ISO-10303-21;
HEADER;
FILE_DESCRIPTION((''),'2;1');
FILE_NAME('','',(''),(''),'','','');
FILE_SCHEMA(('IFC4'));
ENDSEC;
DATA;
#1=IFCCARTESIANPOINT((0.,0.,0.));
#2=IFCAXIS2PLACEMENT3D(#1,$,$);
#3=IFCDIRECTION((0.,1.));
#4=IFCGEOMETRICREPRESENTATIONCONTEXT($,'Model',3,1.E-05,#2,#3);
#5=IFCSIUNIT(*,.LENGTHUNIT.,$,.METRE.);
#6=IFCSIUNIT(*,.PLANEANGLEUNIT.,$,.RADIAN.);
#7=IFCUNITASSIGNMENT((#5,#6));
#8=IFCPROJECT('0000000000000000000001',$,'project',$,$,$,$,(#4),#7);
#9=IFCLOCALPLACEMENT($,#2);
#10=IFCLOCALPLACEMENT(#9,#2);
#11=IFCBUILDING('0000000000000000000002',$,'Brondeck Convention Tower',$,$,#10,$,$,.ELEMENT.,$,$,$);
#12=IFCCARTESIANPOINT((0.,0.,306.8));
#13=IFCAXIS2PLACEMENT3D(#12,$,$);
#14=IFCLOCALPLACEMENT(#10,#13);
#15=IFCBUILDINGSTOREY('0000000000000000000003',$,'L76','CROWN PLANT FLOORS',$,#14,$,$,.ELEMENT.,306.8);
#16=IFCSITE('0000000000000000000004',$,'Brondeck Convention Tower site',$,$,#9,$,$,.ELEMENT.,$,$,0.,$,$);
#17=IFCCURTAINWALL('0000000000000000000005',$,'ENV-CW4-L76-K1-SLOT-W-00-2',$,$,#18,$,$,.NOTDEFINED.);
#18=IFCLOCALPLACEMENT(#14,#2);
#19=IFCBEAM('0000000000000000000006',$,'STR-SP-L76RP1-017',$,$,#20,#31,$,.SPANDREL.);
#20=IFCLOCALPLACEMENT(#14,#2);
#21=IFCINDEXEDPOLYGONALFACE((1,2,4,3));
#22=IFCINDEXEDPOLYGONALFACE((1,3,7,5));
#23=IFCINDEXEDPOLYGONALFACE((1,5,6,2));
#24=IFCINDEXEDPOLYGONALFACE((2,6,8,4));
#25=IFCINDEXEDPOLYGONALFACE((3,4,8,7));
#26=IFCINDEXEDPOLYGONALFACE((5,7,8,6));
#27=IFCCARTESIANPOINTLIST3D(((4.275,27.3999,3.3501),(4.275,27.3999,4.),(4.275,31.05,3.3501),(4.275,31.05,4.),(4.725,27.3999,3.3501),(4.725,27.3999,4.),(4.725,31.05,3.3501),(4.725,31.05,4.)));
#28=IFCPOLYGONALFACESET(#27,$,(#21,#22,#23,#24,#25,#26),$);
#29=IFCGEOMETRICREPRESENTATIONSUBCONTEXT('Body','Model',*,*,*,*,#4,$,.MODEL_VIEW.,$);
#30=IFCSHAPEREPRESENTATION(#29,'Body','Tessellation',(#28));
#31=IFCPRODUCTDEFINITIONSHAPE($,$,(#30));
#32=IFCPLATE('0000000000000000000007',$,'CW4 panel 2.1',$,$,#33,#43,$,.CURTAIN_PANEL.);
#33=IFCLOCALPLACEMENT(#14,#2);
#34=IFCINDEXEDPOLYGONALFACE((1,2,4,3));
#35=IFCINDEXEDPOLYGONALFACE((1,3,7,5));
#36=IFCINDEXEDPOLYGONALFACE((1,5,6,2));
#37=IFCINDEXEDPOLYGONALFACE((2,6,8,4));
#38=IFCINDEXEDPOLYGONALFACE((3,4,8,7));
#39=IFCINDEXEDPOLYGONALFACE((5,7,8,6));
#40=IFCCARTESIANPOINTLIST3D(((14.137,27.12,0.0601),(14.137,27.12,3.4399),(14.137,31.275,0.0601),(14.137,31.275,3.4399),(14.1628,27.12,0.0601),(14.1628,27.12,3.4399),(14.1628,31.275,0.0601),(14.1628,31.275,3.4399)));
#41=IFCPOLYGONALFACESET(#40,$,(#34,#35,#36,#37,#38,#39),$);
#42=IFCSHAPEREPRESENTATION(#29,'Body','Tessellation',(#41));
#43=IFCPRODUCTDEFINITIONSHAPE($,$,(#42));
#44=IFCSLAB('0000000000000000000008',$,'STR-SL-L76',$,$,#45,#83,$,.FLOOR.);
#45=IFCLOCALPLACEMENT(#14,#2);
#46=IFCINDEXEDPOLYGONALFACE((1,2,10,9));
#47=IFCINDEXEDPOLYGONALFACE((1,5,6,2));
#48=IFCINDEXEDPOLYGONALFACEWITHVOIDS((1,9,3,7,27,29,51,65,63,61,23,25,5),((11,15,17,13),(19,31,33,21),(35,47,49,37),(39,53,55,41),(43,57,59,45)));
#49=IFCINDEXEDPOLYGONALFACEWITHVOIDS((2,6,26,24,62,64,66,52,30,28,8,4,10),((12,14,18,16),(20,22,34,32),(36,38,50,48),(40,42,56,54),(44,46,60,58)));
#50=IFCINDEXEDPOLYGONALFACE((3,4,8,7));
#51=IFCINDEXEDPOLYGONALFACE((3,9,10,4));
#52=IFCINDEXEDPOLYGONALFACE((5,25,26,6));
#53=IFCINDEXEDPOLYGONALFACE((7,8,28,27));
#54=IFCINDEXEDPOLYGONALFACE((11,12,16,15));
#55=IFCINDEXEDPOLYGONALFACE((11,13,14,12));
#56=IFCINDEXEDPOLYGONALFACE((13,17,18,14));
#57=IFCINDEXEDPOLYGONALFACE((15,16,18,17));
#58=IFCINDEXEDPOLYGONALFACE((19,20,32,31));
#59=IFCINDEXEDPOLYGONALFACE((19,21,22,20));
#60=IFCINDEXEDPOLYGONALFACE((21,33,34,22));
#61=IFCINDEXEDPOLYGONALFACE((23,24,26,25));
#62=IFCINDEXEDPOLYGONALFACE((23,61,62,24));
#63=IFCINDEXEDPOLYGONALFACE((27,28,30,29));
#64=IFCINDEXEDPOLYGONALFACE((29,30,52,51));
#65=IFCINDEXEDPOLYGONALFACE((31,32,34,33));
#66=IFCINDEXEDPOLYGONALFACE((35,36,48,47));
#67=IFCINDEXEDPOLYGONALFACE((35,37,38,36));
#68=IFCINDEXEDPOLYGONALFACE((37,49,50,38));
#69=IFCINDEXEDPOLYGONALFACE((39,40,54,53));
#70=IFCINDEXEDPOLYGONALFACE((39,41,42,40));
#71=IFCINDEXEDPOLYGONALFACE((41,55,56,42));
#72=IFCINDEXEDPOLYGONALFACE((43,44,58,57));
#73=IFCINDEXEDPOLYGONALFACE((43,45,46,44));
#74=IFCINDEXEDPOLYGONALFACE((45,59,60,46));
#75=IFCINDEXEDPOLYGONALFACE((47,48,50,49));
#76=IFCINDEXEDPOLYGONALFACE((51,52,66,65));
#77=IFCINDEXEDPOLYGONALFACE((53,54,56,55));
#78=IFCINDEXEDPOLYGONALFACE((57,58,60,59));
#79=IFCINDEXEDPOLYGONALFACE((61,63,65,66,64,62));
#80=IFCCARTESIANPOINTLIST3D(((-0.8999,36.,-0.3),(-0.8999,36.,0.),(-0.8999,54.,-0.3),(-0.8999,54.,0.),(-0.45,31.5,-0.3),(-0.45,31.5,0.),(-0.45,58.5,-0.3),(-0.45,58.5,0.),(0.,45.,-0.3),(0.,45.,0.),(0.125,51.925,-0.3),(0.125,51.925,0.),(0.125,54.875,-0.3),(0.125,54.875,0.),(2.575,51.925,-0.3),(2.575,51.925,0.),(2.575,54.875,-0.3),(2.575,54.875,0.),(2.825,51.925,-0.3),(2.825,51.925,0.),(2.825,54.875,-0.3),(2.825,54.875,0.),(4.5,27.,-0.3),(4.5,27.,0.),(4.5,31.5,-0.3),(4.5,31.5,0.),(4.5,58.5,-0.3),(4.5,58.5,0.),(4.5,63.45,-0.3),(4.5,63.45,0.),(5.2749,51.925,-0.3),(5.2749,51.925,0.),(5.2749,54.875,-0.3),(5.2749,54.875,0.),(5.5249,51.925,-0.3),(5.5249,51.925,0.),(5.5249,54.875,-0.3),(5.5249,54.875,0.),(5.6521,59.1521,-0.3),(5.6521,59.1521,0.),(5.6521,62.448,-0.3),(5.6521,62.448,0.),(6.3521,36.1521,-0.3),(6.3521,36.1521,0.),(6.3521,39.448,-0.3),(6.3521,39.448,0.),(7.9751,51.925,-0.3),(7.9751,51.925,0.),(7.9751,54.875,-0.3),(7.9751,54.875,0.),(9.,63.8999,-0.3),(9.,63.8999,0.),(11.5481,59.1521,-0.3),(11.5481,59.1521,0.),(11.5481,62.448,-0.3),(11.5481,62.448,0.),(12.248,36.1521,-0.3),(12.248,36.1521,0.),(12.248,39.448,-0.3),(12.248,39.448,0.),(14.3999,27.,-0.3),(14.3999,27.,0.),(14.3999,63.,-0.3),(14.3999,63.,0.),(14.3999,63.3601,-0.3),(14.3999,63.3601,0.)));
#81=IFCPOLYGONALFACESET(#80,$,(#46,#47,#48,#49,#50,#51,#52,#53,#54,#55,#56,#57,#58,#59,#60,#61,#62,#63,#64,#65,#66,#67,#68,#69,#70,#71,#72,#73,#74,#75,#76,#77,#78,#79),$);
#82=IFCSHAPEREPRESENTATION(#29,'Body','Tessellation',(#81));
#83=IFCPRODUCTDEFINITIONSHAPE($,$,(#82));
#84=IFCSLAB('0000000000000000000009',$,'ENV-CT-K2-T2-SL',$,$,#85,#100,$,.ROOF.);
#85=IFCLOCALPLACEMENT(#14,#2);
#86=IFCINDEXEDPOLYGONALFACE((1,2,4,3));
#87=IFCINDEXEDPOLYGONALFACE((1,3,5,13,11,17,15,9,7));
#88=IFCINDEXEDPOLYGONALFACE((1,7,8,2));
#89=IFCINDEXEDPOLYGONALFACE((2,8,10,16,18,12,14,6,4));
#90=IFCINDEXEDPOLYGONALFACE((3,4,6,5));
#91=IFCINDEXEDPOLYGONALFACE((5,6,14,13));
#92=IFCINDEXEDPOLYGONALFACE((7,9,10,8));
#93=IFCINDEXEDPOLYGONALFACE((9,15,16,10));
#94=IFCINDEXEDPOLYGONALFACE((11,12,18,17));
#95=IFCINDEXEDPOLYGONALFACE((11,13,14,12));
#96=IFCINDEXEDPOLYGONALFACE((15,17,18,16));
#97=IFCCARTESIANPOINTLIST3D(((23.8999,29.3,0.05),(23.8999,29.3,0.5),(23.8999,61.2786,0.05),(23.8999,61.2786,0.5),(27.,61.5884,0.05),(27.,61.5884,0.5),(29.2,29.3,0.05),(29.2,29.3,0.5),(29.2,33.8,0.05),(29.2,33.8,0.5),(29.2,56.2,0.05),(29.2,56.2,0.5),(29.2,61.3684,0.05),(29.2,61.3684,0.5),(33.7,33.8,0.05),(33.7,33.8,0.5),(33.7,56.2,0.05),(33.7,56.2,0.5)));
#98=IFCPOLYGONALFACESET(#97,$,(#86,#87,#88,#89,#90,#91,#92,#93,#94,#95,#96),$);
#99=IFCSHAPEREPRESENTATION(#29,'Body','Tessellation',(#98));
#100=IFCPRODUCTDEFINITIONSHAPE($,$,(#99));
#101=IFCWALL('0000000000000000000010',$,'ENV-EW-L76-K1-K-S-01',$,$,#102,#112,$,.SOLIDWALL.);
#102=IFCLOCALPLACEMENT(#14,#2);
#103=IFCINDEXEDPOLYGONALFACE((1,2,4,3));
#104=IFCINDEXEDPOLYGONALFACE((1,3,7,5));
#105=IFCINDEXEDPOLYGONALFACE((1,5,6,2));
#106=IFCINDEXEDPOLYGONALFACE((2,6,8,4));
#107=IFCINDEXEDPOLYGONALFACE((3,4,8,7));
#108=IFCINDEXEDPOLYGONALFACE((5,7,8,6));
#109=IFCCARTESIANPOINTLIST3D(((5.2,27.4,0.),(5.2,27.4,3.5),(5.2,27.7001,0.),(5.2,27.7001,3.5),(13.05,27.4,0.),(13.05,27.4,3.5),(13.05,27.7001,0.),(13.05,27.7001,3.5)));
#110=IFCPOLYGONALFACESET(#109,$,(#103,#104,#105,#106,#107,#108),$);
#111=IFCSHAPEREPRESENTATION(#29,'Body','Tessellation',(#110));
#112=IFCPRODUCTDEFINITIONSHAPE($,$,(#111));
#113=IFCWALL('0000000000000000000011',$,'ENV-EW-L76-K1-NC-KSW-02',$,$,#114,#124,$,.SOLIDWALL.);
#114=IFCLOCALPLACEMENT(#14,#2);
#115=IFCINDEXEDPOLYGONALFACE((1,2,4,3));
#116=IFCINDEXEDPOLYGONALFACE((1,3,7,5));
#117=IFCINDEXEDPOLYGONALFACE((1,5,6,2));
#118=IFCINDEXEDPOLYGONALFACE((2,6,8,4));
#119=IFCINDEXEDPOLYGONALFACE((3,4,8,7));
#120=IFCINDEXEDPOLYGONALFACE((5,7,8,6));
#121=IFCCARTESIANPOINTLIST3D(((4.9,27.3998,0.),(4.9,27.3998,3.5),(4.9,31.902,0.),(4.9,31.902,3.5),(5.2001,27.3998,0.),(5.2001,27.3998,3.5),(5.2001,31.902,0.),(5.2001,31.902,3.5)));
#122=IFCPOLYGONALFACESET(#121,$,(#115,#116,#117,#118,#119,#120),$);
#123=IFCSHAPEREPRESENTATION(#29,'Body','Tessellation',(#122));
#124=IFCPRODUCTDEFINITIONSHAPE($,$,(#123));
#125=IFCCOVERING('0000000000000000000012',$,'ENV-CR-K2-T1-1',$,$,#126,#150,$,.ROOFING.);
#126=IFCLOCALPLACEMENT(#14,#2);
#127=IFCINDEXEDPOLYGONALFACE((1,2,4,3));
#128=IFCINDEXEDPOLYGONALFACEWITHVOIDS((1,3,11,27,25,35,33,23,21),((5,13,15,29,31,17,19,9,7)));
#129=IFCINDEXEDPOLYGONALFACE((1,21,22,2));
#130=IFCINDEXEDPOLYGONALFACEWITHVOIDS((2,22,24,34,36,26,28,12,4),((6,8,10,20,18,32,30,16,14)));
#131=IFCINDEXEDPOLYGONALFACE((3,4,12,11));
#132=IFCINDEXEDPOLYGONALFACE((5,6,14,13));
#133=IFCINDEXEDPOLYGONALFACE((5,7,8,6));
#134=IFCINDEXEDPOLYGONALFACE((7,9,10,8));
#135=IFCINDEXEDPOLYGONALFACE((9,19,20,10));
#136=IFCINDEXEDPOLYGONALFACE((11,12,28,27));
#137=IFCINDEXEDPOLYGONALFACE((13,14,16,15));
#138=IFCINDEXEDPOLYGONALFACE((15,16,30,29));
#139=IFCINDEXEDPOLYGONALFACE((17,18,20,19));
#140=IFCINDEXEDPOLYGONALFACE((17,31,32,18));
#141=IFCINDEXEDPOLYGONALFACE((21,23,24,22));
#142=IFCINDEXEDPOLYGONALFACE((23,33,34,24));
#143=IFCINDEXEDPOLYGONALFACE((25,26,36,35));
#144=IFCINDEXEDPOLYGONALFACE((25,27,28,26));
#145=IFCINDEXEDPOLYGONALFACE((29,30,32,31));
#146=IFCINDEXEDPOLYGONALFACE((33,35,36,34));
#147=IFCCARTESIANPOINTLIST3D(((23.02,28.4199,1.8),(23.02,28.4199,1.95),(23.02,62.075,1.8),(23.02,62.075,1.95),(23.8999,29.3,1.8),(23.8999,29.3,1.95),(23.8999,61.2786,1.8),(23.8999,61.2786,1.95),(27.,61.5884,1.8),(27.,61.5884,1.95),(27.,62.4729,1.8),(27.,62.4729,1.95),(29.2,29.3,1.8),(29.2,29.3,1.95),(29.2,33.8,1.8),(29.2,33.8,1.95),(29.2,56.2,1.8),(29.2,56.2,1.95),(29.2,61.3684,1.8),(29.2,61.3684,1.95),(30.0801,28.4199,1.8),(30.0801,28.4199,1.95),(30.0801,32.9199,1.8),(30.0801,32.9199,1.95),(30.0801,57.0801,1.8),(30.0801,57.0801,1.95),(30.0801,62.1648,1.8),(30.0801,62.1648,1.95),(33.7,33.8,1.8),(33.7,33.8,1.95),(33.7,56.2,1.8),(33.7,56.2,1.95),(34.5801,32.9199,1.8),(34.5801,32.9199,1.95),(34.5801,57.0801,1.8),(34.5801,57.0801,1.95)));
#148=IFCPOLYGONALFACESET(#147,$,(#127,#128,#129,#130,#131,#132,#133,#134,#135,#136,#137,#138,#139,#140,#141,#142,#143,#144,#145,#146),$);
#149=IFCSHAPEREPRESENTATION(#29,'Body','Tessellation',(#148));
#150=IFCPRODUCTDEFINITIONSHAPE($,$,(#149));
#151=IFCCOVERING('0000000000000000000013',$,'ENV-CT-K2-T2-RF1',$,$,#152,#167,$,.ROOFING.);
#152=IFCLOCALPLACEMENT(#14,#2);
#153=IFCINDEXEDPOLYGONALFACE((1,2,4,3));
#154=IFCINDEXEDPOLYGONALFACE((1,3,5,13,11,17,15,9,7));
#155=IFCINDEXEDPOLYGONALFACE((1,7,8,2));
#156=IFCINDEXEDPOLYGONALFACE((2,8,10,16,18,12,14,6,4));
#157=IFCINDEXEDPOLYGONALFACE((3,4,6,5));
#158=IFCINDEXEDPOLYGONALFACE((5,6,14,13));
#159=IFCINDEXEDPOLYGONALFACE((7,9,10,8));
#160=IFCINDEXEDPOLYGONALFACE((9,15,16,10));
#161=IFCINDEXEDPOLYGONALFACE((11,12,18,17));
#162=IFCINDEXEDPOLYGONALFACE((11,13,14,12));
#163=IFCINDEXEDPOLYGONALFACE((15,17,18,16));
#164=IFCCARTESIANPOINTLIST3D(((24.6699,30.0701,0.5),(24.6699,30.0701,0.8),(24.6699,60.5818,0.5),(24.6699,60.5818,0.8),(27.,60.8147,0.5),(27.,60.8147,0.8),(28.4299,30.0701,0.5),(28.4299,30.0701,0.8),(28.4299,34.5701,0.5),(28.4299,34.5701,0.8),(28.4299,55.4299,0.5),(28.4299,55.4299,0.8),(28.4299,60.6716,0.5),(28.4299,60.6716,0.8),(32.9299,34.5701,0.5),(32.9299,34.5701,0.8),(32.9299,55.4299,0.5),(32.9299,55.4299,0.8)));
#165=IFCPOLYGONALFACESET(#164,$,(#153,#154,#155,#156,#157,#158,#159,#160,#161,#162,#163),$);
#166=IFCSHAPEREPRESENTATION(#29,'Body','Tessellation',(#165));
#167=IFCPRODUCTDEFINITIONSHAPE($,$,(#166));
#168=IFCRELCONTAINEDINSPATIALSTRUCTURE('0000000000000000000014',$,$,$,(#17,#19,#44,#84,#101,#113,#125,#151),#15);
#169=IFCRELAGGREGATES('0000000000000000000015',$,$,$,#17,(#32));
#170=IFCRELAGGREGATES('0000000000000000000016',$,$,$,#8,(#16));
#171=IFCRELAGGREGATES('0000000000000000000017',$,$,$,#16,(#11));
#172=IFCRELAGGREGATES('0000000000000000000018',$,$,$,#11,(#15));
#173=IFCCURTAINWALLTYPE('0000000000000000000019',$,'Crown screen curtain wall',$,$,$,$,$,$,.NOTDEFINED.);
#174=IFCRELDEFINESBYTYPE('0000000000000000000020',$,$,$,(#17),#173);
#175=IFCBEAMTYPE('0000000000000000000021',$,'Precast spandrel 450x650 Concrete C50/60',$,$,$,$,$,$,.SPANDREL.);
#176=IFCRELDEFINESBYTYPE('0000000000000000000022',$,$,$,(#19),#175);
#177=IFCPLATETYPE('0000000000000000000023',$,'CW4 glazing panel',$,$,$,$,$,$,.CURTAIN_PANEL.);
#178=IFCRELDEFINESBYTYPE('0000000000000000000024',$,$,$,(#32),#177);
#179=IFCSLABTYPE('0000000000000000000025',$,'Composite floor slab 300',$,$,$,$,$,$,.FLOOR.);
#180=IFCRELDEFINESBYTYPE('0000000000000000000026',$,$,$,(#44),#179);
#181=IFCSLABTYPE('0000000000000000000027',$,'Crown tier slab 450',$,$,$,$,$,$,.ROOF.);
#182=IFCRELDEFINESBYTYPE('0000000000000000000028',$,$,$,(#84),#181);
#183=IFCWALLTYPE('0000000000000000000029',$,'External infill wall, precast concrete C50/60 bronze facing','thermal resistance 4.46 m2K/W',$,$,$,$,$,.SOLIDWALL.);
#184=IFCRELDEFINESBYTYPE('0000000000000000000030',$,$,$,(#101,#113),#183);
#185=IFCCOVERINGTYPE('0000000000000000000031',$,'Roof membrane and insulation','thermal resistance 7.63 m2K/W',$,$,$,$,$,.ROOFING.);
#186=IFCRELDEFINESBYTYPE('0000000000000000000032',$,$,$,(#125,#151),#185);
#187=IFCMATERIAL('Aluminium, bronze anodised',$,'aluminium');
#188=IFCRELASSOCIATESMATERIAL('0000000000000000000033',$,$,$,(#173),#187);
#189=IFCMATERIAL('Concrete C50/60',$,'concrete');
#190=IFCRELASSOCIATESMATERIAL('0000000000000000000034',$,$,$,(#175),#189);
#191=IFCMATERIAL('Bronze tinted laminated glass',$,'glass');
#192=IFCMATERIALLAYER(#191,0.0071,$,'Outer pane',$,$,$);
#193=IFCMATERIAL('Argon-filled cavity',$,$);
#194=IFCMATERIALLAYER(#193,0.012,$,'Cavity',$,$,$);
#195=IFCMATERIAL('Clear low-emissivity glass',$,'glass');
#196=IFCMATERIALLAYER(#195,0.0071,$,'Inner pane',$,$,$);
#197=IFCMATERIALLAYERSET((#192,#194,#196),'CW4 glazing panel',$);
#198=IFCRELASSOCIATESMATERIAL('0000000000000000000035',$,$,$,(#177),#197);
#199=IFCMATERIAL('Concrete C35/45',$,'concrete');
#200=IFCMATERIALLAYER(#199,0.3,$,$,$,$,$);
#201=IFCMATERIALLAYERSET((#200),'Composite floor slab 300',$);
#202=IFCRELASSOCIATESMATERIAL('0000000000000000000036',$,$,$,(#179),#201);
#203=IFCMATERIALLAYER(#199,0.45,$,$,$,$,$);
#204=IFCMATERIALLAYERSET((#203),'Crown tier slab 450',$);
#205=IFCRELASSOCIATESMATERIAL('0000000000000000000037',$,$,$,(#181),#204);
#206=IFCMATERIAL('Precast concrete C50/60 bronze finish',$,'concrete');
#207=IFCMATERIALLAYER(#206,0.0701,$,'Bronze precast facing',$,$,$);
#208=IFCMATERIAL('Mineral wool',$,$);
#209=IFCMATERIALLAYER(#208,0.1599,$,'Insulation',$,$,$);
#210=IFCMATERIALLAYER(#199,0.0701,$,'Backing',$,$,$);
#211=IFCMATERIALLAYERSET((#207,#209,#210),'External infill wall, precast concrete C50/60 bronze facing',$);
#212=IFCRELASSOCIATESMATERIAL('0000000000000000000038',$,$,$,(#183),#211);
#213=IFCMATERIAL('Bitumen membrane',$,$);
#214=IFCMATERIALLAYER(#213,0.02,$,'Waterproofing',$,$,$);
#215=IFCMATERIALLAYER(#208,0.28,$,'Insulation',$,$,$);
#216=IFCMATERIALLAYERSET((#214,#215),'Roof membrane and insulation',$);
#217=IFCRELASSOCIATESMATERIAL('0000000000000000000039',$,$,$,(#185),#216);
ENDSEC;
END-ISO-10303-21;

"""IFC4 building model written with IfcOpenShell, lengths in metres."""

from ifc_helpers import new_model, si_unit, direction, frame, frame_2d, origin, origin_2d, place, context, subcontext, project, spatial, polyline, rectangle, outline, extrude, material, layer, layer_set, material_profile, profile_set, type_object, element, aggregate, save


model = new_model("IFC4")

# Units and contexts
model_context = context("Model", 3, precision=1e-05, world=origin(), true_north=direction((0.0, 1.0)))
body_context = subcontext(model_context, "Body", "Model", "MODEL_VIEW")
ifc_project = project(units=[si_unit("LENGTHUNIT", "METRE"), si_unit("PLANEANGLEUNIT", "RADIAN")], contexts=[model_context])

# Site, building, storey
site_placement = place(None, origin())
site = spatial("IfcSite", under=ifc_project, at=site_placement, Name="Brondeck Convention Tower site", CompositionType="ELEMENT", RefElevation=0.0)
building_placement = place(site_placement, origin())
building = spatial("IfcBuilding", under=site, at=building_placement, Name="Brondeck Convention Tower", CompositionType="ELEMENT")
storey_placement = place(building_placement, frame((0.0, 0.0, 306.8)))
storey = spatial("IfcBuildingStorey", under=building, at=storey_placement, Name="L76", Description="CROWN PLANT FLOORS", CompositionType="ELEMENT", Elevation=306.8)

# Shared definitions
ifc_material_1 = material(Name="Concrete C50/60", Category="concrete")

# Curtain wall
ifc_material_2 = material(Name="Aluminium, bronze anodised", Category="aluminium")
curtain_wall_type = type_object("IfcCurtainWallType", Name="Crown screen curtain wall", PredefinedType="NOTDEFINED", material=ifc_material_2)
curtain_wall_placement = place(storey_placement, origin())
curtain_wall = element("IfcCurtainWall", 1, at=curtain_wall_placement, inside=storey, type_object=curtain_wall_type, Name="ENV-CW4-L76-K1-SLOT-W-00-2", PredefinedType="NOTDEFINED")

# Beam
ifc_material_profile_1 = material_profile(ifc_material_1, rectangle(XDim=0.45, YDim=0.6499, at=origin_2d()), Name="Precast spandrel 450x650 Concrete C50/60")
ifc_profile_set_1 = profile_set([ifc_material_profile_1], Name="Concrete C50/60")
beam_type = type_object("IfcBeamType", Name="Precast spandrel 450x650 Concrete C50/60", PredefinedType="SPANDREL", material=ifc_profile_set_1)
beam_1_placement = place(storey_placement, frame((4.5, 31.05, 3.675), z_axis=(0.0, -1.0, 0.0), x_axis=(1.0, 0.0, 0.0)))
element("IfcBeam", 2, at=beam_1_placement, inside=storey, type_object=beam_type, Name="STR-SP-L76RP1-017", PredefinedType="SPANDREL", context=body_context, shape_type="SweptSolid", body=[
    extrude(rectangle(XDim=0.45, YDim=0.6499, at=origin_2d()), origin(), (0.0, 0.0, 1.0), 3.6501),
])

# Plate
ifc_material_3 = material(Name="Bronze tinted laminated glass", Category="glass")
ifc_layer_1 = layer(ifc_material_3, 0.0071, Name="Outer pane")
ifc_material_4 = material(Name="Argon-filled cavity")
ifc_layer_2 = layer(ifc_material_4, 0.012, Name="Cavity")
ifc_material_5 = material(Name="Clear low-emissivity glass", Category="glass")
ifc_layer_3 = layer(ifc_material_5, 0.0071, Name="Inner pane")
ifc_layer_set_1 = layer_set([ifc_layer_1, ifc_layer_2, ifc_layer_3], Name="CW4 glazing panel")
plate_type = type_object("IfcPlateType", Name="CW4 glazing panel", PredefinedType="CURTAIN_PANEL", material=ifc_layer_set_1)
plate_placement = place(storey_placement, frame((14.1499, 29.1975, 0.0601), z_axis=(0.0, 0.0, 1.0), x_axis=(0.0, -1.0, 0.0)))
plate = element("IfcPlate", 3, at=plate_placement, type_object=plate_type, Name="CW4 panel 2.1", PredefinedType="CURTAIN_PANEL", context=body_context, shape_type="SweptSolid", body=[
    extrude(rectangle(XDim=4.155, YDim=0.0259, at=origin_2d()), origin(), (0.0, 0.0, 1.0), 3.3799),
])
aggregate(curtain_wall, [plate])

# Slabs
ifc_material_6 = material(Name="Concrete C35/45", Category="concrete")
ifc_layer_4 = layer(ifc_material_6, 0.3)
ifc_layer_set_2 = layer_set([ifc_layer_4], Name="Composite floor slab 300")
slab_type_1 = type_object("IfcSlabType", Name="Composite floor slab 300", PredefinedType="FLOOR", material=ifc_layer_set_2)
slab_1_placement = place(storey_placement, frame((0.0, 0.0, -0.3)))
element("IfcSlab", 4, at=slab_1_placement, inside=storey, type_object=slab_type_1, Name="STR-SL-L76", PredefinedType="FLOOR", context=body_context, shape_type="SweptSolid", body=[
    extrude(outline(polyline([(4.5, 31.5), (-0.45, 31.5), (-0.8999, 36.0), (0.0, 45.0), (-0.8999, 54.0), (-0.45, 58.5), (4.5, 58.5), (4.5, 63.45), (9.0, 63.8999), (14.3999, 63.3601), (14.3999, 63.0), (14.3999, 27.0), (4.5, 27.0), (4.5, 31.5)]), holes=[polyline([(6.3521, 39.448), (6.3521, 36.1521), (12.248, 36.1521), (12.248, 39.448), (6.3521, 39.448)]), polyline([(0.125, 54.875), (0.125, 51.925), (2.575, 51.925), (2.575, 54.875), (0.125, 54.875)]), polyline([(2.825, 54.875), (2.825, 51.925), (5.2749, 51.925), (5.2749, 54.875), (2.825, 54.875)]), polyline([(7.9751, 54.875), (5.5249, 54.875), (5.5249, 51.925), (7.9751, 51.925), (7.9751, 54.875)]), polyline([(5.6521, 59.1521), (11.5481, 59.1521), (11.5481, 62.448), (5.6521, 62.448), (5.6521, 59.1521)])]), origin(), (0.0, 0.0, 1.0), 0.3),
])
ifc_layer_5 = layer(ifc_material_6, 0.45)
ifc_layer_set_3 = layer_set([ifc_layer_5], Name="Crown tier slab 450")
slab_type_2 = type_object("IfcSlabType", Name="Crown tier slab 450", PredefinedType="ROOF", material=ifc_layer_set_3)
slab_2_placement = place(storey_placement, frame((0.0, 0.0, 0.05)))
element("IfcSlab", 5, at=slab_2_placement, inside=storey, type_object=slab_type_2, Name="ENV-CT-K2-T2-SL", PredefinedType="ROOF", context=body_context, shape_type="SweptSolid", body=[
    extrude(outline(polyline([(23.8999, 29.3), (29.2, 29.3), (29.2, 33.8), (33.7, 33.8), (33.7, 56.2), (29.2, 56.2), (29.2, 61.3684), (27.0, 61.5884), (23.8999, 61.2786), (23.8999, 29.3)])), origin(), (0.0, 0.0, 1.0), 0.45),
])

# Walls
ifc_material_7 = material(Name="Precast concrete C50/60 bronze finish", Category="concrete")
ifc_layer_6 = layer(ifc_material_7, 0.0701, Name="Bronze precast facing")
ifc_material_8 = material(Name="Mineral wool")
ifc_layer_7 = layer(ifc_material_8, 0.1599, Name="Insulation")
ifc_layer_8 = layer(ifc_material_6, 0.0701, Name="Backing")
ifc_layer_set_4 = layer_set([ifc_layer_6, ifc_layer_7, ifc_layer_8], Name="External infill wall, precast concrete C50/60 bronze facing")
wall_type = type_object("IfcWallType", Name="External infill wall, precast concrete C50/60 bronze facing", Description="thermal resistance 4.46 m2K/W", PredefinedType="SOLIDWALL", material=ifc_layer_set_4)
wall_1_placement = place(storey_placement, frame((13.05, 27.55, 0.0), z_axis=(0.0, 0.0, 1.0), x_axis=(-1.0, 0.0, 0.0)))
element("IfcWall", 6, at=wall_1_placement, inside=storey, type_object=wall_type, Name="ENV-EW-L76-K1-K-S-01", PredefinedType="SOLIDWALL", context=body_context, shape_type="SweptSolid", body=[
    extrude(rectangle(XDim=7.8501, YDim=0.3, at=frame_2d((3.925, 0.0))), origin(), (0.0, 0.0, 1.0), 3.5),
])
wall_2_placement = place(storey_placement, frame((5.05, 27.3999, 0.0), z_axis=(0.0, 0.0, 1.0), x_axis=(0.0, 1.0, 0.0)))
element("IfcWall", 7, at=wall_2_placement, inside=storey, type_object=wall_type, Name="ENV-EW-L76-K1-NC-KSW-02", PredefinedType="SOLIDWALL", context=body_context, shape_type="SweptSolid", body=[
    extrude(rectangle(XDim=4.5022, YDim=0.3, at=frame_2d((2.251, 0.0))), origin(), (0.0, 0.0, 1.0), 3.5),
])

# Coverings
ifc_material_9 = material(Name="Bitumen membrane")
ifc_layer_9 = layer(ifc_material_9, 0.02, Name="Waterproofing")
ifc_layer_10 = layer(ifc_material_8, 0.28, Name="Insulation")
ifc_layer_set_5 = layer_set([ifc_layer_9, ifc_layer_10], Name="Roof membrane and insulation")
covering_type = type_object("IfcCoveringType", Name="Roof membrane and insulation", Description="thermal resistance 7.63 m2K/W", PredefinedType="ROOFING", material=ifc_layer_set_5)
covering_1_placement = place(storey_placement, frame((0.0, 0.0, 1.8)))
element("IfcCovering", 8, at=covering_1_placement, inside=storey, type_object=covering_type, Name="ENV-CR-K2-T1-1", PredefinedType="ROOFING", context=body_context, shape_type="SweptSolid", body=[
    extrude(outline(polyline([(23.02, 62.075), (23.02, 28.4199), (30.0801, 28.4199), (30.0801, 32.9199), (34.5801, 32.9199), (34.5801, 57.0801), (30.0801, 57.0801), (30.0801, 62.1648), (27.0, 62.4729), (23.02, 62.075)]), holes=[polyline([(29.2, 29.3), (23.8999, 29.3), (23.8999, 61.2786), (27.0, 61.5884), (29.2, 61.3684), (29.2, 56.2), (33.7, 56.2), (33.7, 33.8), (29.2, 33.8), (29.2, 29.3)])]), origin(), (0.0, 0.0, 1.0), 0.1499),
])
covering_2_placement = place(storey_placement, frame((0.0, 0.0, 0.5)))
element("IfcCovering", 9, at=covering_2_placement, inside=storey, type_object=covering_type, Name="ENV-CT-K2-T2-RF1", PredefinedType="ROOFING", context=body_context, shape_type="SweptSolid", body=[
    extrude(outline(polyline([(24.6699, 60.5818), (24.6699, 30.0701), (28.4299, 30.0701), (28.4299, 34.5701), (32.9299, 34.5701), (32.9299, 55.4299), (28.4299, 55.4299), (28.4299, 60.6716), (27.0, 60.8147), (24.6699, 60.5818)])), origin(), (0.0, 0.0, 1.0), 0.3),
])

save(model, "model.ifc")
